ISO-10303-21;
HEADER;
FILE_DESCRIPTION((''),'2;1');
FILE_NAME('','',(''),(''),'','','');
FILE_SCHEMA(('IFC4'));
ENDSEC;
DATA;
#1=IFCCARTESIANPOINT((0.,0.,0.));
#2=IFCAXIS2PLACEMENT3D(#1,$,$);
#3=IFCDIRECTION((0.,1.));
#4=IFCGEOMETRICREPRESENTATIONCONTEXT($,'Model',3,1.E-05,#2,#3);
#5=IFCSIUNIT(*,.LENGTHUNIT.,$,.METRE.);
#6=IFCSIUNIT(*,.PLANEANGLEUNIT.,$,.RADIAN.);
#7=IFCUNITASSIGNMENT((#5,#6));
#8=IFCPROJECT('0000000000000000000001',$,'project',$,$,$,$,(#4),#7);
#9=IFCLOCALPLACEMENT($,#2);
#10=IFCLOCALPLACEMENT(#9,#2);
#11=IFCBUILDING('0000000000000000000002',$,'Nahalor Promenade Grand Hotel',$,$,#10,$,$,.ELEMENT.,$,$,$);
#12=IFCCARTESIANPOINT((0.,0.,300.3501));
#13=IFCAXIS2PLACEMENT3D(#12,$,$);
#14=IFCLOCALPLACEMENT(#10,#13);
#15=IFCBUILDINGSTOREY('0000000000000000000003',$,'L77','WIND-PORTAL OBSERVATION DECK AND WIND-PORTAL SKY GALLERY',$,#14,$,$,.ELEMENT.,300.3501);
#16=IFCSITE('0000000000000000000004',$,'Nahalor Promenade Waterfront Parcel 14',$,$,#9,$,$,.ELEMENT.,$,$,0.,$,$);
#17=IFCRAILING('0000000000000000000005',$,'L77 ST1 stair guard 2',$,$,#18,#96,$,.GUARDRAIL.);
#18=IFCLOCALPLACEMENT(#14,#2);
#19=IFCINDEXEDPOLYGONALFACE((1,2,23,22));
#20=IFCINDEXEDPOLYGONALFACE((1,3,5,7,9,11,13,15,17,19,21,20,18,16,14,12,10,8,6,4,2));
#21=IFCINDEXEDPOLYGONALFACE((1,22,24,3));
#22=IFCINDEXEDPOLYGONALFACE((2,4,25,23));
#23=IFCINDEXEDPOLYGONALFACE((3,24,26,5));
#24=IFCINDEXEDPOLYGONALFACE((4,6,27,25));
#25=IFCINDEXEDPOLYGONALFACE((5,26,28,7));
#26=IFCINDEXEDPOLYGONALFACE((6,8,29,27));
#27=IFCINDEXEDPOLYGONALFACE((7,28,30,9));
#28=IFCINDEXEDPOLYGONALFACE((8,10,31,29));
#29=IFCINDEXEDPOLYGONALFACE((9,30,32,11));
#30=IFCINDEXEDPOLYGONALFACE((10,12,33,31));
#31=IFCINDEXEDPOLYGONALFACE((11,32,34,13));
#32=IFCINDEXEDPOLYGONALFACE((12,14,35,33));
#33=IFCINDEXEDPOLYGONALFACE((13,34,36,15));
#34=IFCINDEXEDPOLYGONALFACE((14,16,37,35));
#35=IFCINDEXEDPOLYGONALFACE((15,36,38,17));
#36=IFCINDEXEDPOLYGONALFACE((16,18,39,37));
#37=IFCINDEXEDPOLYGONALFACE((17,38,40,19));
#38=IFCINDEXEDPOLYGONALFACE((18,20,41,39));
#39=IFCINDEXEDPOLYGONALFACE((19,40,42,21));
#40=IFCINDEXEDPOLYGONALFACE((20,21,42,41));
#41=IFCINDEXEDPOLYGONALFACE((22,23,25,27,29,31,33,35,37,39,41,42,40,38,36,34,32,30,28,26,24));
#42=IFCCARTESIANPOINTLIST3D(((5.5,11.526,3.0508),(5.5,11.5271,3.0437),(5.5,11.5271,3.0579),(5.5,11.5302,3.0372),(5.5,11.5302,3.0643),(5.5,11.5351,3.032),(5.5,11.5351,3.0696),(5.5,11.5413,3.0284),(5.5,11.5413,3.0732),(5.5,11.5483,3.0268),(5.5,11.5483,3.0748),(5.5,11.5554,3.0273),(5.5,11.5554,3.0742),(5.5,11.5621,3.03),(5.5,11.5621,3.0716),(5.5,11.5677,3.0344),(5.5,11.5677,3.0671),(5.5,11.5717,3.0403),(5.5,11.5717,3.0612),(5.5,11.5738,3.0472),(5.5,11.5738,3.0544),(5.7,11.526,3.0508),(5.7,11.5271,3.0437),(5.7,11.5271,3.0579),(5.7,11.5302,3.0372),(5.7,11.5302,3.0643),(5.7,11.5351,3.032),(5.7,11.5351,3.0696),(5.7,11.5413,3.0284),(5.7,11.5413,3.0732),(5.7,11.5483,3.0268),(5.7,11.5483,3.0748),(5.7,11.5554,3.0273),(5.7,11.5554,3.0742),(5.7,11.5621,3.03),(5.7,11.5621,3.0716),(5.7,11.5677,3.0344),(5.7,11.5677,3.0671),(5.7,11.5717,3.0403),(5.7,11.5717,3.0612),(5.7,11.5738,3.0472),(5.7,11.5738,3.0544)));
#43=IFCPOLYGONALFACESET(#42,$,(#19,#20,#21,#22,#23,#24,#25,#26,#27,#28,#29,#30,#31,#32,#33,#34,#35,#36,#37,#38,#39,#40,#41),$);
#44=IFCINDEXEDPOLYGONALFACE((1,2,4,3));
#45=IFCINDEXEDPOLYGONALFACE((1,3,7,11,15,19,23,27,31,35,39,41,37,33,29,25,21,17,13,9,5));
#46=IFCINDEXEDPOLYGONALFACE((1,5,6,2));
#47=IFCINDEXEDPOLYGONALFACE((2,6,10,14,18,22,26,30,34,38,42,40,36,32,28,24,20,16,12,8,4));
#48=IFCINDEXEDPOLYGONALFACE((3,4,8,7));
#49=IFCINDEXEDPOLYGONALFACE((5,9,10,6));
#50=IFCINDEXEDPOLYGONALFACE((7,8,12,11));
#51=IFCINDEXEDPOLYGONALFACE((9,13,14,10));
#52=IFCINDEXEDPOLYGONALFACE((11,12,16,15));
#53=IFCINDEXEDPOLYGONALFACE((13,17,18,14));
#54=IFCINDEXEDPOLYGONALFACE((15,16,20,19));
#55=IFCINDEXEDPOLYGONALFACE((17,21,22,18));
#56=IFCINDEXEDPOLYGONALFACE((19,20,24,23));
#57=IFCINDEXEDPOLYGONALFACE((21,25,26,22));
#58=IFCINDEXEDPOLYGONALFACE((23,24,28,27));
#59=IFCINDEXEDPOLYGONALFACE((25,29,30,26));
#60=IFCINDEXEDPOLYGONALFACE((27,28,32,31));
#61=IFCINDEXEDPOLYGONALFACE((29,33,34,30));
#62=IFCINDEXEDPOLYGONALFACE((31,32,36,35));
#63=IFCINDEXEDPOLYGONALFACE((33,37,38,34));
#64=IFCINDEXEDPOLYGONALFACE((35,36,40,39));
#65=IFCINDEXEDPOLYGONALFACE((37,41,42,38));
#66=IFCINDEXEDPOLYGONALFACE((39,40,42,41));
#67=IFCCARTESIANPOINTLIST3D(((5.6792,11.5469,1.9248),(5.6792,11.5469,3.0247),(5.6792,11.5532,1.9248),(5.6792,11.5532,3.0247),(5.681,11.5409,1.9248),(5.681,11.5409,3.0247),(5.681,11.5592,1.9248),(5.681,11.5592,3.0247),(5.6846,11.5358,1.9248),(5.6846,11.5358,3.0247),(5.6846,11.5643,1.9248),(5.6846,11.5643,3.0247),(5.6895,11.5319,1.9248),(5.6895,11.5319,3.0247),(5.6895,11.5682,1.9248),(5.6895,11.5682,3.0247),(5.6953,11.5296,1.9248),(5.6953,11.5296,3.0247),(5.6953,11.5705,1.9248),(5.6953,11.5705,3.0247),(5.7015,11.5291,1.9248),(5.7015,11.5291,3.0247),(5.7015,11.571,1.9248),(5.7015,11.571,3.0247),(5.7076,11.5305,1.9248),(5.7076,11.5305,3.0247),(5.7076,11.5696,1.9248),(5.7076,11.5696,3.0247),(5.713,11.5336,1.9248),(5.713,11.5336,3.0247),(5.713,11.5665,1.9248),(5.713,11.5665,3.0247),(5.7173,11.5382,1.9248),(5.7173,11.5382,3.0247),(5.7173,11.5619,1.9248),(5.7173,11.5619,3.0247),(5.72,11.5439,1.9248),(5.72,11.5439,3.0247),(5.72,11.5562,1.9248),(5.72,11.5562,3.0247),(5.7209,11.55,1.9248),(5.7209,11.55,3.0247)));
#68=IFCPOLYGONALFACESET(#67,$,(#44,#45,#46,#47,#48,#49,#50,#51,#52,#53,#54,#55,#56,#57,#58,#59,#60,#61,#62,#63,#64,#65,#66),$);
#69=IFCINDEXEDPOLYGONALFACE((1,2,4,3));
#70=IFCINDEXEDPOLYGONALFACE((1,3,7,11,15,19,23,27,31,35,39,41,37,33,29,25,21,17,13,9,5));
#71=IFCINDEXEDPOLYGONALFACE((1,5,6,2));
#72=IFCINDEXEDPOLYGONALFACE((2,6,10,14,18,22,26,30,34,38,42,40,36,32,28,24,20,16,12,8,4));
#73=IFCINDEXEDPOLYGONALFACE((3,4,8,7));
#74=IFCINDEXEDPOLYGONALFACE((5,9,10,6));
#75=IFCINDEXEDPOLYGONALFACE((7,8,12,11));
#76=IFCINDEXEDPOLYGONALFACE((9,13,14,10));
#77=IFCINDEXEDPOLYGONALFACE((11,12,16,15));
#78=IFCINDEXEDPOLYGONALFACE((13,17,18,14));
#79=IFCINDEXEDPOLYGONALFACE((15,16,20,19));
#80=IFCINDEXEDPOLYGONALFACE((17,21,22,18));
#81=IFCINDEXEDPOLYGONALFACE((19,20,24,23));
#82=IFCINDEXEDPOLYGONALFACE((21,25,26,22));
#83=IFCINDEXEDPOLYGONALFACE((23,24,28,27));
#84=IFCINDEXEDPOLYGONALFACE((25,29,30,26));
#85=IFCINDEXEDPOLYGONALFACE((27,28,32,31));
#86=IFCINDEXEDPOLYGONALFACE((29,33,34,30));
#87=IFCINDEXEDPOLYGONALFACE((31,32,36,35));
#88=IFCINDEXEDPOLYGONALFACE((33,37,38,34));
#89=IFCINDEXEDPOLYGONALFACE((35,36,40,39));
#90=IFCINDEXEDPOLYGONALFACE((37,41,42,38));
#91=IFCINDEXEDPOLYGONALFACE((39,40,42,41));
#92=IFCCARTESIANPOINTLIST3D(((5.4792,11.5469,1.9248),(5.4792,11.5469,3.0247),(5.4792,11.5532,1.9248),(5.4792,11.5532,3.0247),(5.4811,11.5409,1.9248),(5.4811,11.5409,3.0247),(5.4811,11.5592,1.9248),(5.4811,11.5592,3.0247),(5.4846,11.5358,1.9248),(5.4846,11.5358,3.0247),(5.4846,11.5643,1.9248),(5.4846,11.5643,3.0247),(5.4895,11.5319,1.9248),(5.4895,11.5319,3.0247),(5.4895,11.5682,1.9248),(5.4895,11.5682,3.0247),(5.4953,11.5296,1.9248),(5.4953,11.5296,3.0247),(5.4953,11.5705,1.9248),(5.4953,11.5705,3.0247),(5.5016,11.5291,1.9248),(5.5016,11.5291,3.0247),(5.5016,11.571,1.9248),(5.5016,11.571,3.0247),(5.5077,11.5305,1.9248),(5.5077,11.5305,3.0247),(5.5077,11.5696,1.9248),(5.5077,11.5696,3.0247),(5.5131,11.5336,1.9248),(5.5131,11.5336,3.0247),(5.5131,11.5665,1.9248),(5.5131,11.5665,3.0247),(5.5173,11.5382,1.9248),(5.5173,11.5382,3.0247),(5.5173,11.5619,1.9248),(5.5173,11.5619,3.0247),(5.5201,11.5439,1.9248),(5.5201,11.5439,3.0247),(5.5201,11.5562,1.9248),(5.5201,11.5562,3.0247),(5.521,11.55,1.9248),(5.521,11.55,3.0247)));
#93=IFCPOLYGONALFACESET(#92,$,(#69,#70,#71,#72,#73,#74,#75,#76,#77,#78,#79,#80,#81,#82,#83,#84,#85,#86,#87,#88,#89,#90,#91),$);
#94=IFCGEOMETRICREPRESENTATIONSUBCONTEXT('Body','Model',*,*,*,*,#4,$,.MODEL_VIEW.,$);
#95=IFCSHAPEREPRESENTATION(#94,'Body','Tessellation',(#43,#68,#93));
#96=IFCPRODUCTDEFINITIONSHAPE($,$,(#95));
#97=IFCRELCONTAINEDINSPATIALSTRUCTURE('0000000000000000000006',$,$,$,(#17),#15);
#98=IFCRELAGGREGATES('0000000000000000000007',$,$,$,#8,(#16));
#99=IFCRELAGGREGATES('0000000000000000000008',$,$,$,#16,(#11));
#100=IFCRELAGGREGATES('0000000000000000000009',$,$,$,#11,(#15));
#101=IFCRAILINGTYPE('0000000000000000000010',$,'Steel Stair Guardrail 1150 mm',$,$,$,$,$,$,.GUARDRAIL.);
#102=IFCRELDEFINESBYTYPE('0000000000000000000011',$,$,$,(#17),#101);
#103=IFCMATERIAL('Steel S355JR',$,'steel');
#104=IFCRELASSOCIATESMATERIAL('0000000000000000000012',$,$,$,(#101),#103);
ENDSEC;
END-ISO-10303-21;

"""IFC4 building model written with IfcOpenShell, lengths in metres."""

from ifc_helpers import new_model, si_unit, direction, frame, origin, origin_2d, place, context, subcontext, project, spatial, circle, extrude, material, type_object, element, save


model = new_model("IFC4")

# Units and contexts
model_context = context("Model", 3, precision=1e-05, world=origin(), true_north=direction((0.0, 1.0)))
body_context = subcontext(model_context, "Body", "Model", "MODEL_VIEW")
ifc_project = project(units=[si_unit("LENGTHUNIT", "METRE"), si_unit("PLANEANGLEUNIT", "RADIAN")], contexts=[model_context])

# Site, building, storey
site_placement = place(None, origin())
site = spatial("IfcSite", under=ifc_project, at=site_placement, Name="Nahalor Promenade Waterfront Parcel 14", CompositionType="ELEMENT", RefElevation=0.0)
building_placement = place(site_placement, origin())
building = spatial("IfcBuilding", under=site, at=building_placement, Name="Nahalor Promenade Grand Hotel", CompositionType="ELEMENT")
storey_placement = place(building_placement, frame((0.0, 0.0, 300.3501)))
storey = spatial("IfcBuildingStorey", under=building, at=storey_placement, Name="L77", Description="WIND-PORTAL OBSERVATION DECK AND WIND-PORTAL SKY GALLERY", CompositionType="ELEMENT", Elevation=300.3501)

# Shared definitions
ifc_material_1 = material(Name="Steel S355JR", Category="steel")

# Railing
railing_type_1 = type_object("IfcRailingType", Name="Steel Stair Guardrail 1150 mm", PredefinedType="GUARDRAIL", material=ifc_material_1)
railing_1_placement = place(storey_placement, frame((5.7, 11.55, 1.9248)))
element("IfcRailing", 1, at=railing_1_placement, inside=storey, type_object=railing_type_1, Name="L77 ST1 stair guard 2", PredefinedType="GUARDRAIL", context=body_context, shape_type="SweptSolid", body=[
    extrude(circle(Radius=0.024, at=origin_2d()), frame((0.0, 0.0, 1.126), z_axis=(-1.0, 0.0, 0.0), x_axis=(0.0, -1.0, 0.0)), (0.0, 0.0, 1.0), 0.2),
    extrude(circle(Radius=0.021, at=origin_2d()), origin(), (0.0, 0.0, 1.0), 1.0999),
    extrude(circle(Radius=0.021, at=origin_2d()), frame((-0.2, 0.0, 0.0)), (0.0, 0.0, 1.0), 1.0999),
])

save(model, "model.ifc")
